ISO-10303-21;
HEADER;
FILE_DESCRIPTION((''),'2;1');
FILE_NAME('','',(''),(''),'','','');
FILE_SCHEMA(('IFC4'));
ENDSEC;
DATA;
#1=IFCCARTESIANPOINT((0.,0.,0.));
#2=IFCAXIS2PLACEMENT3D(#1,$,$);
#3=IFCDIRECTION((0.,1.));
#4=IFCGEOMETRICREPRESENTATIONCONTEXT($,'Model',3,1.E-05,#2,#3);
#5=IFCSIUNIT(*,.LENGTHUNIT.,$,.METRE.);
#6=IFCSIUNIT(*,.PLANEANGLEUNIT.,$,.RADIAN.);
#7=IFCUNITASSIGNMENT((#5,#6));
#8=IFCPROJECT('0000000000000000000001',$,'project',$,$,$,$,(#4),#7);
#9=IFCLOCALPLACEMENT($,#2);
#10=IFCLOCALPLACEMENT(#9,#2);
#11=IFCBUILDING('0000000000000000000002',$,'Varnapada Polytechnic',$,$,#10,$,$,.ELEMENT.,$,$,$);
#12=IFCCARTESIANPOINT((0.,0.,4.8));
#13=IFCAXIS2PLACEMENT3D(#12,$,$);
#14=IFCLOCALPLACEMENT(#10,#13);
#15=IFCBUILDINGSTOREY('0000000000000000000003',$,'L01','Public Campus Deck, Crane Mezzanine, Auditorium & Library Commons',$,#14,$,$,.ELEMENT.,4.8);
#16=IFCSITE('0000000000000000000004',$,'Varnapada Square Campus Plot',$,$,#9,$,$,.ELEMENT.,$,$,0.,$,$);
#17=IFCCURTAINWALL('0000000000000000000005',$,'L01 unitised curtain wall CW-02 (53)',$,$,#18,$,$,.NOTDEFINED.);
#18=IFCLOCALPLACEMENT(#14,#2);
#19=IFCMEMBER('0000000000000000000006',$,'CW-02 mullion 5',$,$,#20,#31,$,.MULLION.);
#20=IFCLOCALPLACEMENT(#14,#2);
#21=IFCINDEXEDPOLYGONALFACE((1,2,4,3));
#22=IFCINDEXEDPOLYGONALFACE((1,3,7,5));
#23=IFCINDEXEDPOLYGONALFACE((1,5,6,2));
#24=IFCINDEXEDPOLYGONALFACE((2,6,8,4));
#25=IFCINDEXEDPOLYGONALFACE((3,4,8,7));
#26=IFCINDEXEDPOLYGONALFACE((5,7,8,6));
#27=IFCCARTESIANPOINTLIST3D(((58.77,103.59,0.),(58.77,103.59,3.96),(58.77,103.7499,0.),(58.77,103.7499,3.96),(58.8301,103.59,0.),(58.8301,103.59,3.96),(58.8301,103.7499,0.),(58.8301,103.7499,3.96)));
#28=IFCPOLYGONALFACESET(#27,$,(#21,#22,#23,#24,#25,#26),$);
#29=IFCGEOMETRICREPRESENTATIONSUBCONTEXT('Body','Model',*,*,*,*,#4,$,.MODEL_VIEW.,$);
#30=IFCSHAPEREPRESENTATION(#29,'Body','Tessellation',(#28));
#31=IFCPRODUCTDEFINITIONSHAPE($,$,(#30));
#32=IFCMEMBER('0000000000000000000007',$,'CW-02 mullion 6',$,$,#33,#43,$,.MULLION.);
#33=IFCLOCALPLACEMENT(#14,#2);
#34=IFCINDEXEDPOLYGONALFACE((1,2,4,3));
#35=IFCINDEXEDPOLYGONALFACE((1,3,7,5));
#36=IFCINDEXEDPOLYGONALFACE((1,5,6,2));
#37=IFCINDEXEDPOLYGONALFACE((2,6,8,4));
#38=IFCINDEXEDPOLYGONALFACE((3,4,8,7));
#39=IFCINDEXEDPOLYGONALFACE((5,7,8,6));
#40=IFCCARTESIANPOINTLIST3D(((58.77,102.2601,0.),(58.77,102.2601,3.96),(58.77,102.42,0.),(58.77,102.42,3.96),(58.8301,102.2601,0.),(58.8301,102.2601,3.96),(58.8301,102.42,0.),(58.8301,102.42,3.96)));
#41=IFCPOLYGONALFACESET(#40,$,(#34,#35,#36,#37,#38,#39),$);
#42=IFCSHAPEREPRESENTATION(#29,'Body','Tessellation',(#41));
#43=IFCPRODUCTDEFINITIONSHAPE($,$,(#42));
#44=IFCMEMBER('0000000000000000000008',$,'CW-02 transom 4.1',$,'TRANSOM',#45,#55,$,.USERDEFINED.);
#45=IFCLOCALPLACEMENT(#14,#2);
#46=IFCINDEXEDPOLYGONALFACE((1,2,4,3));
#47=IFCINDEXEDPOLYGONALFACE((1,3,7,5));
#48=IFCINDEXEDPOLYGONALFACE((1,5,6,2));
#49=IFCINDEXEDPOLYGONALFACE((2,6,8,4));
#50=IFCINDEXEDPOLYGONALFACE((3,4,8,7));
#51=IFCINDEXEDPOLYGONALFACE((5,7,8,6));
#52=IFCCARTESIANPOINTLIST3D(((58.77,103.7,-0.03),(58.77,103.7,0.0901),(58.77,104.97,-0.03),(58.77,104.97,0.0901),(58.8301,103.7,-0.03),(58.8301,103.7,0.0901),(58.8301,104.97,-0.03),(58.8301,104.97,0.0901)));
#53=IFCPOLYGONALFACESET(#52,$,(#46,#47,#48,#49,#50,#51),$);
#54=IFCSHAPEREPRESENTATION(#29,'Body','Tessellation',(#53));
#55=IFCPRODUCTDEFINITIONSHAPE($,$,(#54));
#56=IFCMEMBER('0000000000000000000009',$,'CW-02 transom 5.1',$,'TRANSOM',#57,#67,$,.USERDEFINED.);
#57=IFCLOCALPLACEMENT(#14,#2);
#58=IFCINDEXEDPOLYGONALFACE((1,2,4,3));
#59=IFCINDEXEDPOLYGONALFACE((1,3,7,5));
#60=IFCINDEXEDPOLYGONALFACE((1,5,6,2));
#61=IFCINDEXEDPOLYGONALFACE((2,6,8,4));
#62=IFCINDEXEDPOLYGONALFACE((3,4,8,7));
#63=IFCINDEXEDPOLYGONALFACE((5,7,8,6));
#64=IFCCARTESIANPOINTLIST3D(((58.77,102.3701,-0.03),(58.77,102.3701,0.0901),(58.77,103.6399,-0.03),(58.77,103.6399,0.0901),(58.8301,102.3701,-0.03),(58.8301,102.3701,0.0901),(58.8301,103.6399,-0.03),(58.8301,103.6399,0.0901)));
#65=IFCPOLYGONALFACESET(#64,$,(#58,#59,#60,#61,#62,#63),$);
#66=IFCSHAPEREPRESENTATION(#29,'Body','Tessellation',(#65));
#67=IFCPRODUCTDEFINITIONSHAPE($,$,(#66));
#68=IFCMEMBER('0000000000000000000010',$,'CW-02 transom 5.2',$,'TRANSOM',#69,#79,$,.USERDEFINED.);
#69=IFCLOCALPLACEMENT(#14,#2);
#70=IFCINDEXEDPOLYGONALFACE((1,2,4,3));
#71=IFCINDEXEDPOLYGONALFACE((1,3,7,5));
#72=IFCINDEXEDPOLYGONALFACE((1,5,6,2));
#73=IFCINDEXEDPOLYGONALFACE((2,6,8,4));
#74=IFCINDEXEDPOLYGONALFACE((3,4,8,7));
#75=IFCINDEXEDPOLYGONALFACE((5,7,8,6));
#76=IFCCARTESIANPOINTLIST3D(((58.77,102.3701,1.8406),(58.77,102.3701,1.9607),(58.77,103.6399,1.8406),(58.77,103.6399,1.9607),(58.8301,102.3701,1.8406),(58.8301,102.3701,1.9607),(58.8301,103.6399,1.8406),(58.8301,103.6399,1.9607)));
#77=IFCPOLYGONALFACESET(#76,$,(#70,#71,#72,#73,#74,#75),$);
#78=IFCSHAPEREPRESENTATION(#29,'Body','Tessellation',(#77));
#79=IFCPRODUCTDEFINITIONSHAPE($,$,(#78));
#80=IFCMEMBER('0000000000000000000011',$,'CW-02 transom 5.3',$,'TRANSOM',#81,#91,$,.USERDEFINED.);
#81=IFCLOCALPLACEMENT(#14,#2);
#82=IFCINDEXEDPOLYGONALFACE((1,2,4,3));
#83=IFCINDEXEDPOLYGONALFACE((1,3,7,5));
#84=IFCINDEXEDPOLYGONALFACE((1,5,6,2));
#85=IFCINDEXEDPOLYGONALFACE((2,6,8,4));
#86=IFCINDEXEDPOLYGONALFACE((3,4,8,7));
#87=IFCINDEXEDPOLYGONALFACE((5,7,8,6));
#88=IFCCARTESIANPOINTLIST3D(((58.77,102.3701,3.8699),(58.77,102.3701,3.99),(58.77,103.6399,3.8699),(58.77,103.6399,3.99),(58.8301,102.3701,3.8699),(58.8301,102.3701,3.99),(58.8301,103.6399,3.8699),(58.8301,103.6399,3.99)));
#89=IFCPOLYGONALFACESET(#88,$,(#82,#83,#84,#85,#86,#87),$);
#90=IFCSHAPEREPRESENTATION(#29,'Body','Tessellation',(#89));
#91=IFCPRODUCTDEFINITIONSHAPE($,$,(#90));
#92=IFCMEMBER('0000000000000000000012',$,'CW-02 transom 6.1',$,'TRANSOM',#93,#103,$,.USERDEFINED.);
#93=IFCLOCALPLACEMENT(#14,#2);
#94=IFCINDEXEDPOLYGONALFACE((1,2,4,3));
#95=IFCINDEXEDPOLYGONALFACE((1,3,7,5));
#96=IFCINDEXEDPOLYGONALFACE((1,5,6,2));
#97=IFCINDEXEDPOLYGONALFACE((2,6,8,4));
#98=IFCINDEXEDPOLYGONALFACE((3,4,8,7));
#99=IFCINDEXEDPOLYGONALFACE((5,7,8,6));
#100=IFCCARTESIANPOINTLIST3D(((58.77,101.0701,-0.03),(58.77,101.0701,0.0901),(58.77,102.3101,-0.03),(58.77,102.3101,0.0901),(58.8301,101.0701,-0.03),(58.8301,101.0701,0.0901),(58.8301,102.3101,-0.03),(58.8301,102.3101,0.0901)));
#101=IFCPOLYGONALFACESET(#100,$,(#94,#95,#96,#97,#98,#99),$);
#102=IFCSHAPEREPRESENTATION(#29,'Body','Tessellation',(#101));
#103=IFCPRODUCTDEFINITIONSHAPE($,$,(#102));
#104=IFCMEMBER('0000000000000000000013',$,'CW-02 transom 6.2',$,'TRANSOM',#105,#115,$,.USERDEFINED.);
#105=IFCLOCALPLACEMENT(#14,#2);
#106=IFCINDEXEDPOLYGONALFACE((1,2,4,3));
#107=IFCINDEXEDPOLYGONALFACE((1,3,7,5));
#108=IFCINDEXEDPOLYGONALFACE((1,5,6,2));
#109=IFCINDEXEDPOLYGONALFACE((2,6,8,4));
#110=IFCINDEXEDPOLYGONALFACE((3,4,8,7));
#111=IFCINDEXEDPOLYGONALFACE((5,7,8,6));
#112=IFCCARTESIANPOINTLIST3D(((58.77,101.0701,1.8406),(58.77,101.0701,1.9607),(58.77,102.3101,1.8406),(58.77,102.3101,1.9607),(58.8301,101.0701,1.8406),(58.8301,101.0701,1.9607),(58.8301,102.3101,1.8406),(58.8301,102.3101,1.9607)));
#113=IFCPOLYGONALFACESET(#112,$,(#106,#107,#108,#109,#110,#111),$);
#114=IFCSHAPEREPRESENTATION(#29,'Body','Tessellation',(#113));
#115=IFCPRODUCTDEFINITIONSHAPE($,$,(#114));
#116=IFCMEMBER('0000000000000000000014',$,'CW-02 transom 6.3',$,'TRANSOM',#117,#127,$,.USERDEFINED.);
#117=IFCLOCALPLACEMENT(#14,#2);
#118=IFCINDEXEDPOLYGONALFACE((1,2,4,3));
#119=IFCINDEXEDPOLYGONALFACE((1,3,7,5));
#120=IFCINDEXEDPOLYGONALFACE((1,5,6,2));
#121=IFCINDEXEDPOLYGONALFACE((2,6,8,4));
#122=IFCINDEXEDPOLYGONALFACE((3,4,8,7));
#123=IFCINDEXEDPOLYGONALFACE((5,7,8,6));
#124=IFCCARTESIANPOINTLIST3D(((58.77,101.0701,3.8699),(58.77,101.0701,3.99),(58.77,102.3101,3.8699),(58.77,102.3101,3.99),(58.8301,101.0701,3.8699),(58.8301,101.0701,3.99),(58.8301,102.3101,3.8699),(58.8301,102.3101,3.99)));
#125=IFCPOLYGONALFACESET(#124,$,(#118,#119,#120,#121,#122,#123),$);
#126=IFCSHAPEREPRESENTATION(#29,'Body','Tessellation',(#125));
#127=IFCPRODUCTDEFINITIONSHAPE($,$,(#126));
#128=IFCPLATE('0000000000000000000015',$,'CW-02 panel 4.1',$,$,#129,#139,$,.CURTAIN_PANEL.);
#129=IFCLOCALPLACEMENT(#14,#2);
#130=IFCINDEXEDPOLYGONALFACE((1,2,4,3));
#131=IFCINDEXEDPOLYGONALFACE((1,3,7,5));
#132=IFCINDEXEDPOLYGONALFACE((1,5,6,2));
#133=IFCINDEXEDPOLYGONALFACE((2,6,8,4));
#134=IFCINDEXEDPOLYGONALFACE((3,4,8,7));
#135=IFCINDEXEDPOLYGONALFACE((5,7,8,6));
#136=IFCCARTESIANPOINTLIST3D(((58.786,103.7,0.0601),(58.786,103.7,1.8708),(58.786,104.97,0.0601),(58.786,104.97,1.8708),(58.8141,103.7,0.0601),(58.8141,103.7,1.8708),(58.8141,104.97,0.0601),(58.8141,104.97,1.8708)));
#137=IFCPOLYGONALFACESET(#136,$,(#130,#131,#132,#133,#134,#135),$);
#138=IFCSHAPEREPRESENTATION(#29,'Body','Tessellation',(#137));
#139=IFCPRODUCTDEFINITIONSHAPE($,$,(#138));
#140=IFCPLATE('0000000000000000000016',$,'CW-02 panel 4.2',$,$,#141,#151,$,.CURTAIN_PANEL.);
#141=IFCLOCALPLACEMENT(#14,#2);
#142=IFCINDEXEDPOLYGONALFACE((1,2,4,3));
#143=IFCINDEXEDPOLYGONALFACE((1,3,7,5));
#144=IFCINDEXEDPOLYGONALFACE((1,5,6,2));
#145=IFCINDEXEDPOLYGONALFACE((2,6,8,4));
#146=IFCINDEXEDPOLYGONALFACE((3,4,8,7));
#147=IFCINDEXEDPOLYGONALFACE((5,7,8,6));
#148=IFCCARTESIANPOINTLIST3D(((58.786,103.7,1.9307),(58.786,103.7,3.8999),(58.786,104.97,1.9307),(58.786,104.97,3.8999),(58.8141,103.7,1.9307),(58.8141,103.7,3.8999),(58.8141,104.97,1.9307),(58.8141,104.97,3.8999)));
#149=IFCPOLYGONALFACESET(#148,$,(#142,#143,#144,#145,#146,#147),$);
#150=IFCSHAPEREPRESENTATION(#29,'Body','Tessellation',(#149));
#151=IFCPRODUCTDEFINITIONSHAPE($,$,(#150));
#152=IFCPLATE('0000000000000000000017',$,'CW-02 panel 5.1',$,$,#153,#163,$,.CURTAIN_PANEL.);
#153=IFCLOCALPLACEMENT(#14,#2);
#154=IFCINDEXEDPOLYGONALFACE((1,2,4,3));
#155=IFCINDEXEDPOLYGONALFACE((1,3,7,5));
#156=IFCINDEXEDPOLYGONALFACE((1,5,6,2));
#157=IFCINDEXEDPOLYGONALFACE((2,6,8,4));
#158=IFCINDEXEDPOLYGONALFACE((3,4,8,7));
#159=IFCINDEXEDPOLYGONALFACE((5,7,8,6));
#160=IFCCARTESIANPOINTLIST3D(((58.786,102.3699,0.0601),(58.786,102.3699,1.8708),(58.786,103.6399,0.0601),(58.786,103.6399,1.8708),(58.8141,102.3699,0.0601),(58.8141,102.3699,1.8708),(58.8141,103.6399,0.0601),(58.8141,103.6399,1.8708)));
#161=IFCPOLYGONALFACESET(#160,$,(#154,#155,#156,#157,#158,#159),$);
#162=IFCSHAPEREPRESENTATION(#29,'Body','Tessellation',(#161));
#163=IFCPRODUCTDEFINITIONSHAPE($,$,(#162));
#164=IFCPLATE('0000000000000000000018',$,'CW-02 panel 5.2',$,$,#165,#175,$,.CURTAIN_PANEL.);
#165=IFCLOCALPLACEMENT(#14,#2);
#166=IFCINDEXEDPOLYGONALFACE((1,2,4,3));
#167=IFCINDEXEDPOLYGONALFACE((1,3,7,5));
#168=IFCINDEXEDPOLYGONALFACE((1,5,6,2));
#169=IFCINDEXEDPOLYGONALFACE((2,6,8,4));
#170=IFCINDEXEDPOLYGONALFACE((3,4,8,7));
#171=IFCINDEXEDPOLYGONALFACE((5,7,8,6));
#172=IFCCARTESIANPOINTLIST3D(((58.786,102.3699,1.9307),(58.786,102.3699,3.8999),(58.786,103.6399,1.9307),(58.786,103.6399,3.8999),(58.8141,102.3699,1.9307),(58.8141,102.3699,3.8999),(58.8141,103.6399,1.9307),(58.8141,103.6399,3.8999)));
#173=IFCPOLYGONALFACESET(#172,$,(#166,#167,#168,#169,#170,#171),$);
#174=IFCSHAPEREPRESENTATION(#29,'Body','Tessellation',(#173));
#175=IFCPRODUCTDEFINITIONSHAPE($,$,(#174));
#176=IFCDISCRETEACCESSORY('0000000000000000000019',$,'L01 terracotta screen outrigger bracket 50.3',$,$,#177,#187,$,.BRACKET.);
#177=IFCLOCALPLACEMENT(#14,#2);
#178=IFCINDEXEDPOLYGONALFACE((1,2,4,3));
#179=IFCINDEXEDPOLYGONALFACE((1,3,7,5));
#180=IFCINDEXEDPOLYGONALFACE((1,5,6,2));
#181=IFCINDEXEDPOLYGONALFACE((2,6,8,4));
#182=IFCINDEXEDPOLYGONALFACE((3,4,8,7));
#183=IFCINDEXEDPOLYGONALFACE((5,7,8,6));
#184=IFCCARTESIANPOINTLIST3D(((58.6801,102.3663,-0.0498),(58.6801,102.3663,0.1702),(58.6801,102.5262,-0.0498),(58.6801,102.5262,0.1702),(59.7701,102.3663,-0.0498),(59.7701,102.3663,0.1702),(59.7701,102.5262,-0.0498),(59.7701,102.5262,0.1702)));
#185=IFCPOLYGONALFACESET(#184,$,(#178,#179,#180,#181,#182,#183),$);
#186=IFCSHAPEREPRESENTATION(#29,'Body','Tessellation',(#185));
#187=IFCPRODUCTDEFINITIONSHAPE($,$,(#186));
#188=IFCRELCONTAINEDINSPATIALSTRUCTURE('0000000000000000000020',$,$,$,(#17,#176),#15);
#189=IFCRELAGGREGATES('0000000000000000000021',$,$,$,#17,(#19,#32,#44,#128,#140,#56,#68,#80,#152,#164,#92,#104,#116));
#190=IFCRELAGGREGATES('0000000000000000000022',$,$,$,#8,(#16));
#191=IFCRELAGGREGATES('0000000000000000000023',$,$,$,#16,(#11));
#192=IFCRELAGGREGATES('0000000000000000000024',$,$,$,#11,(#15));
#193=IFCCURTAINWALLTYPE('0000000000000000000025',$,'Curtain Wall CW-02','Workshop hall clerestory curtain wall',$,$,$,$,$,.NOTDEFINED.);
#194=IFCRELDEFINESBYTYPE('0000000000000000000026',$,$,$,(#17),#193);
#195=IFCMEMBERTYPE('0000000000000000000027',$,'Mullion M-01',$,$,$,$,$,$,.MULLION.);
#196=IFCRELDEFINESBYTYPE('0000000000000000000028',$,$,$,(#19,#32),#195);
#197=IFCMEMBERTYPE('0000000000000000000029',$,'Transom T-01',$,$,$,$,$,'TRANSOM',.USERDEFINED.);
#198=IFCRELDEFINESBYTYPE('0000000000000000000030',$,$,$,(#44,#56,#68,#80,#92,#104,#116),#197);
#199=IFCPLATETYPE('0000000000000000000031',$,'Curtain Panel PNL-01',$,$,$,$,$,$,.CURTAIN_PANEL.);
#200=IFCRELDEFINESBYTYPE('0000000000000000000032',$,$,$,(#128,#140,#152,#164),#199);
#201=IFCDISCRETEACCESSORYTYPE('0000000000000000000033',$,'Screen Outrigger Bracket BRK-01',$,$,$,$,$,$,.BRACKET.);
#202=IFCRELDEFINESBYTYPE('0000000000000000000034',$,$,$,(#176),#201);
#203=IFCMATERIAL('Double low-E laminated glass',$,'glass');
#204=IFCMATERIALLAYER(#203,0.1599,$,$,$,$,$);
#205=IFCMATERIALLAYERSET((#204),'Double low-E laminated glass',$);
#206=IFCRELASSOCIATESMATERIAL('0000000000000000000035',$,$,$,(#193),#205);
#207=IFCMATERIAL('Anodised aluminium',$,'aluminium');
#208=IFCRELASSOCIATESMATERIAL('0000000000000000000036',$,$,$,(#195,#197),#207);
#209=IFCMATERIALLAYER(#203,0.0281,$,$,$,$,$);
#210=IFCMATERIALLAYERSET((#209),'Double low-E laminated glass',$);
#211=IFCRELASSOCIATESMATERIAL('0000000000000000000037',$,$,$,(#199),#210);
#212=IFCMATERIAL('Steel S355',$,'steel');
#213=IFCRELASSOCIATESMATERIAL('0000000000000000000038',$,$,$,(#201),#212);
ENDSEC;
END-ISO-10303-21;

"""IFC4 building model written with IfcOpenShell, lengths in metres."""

from ifc_helpers import new_model, si_unit, direction, frame, origin, origin_2d, place, context, subcontext, project, spatial, rectangle, extrude, material, layer, layer_set, material_profile, profile_set, type_object, element, aggregate, save


model = new_model("IFC4")

# Units and contexts
model_context = context("Model", 3, precision=1e-05, world=origin(), true_north=direction((0.0, 1.0)))
body_context = subcontext(model_context, "Body", "Model", "MODEL_VIEW")
ifc_project = project(units=[si_unit("LENGTHUNIT", "METRE"), si_unit("PLANEANGLEUNIT", "RADIAN")], contexts=[model_context])

# Site, building, storey
site_placement = place(None, origin())
site = spatial("IfcSite", under=ifc_project, at=site_placement, Name="Varnapada Square Campus Plot", CompositionType="ELEMENT", RefElevation=0.0)
building_placement = place(site_placement, origin())
building = spatial("IfcBuilding", under=site, at=building_placement, Name="Varnapada Polytechnic", CompositionType="ELEMENT")
storey_placement = place(building_placement, frame((0.0, 0.0, 4.8)))
storey = spatial("IfcBuildingStorey", under=building, at=storey_placement, Name="L01", Description="Public Campus Deck, Crane Mezzanine, Auditorium & Library Commons", CompositionType="ELEMENT", Elevation=4.8)

# Curtain wall, members, plates
ifc_material_1 = material(Name="Double low-E laminated glass", Category="glass")
ifc_layer_1 = layer(ifc_material_1, 0.1599)
ifc_layer_set_1 = layer_set([ifc_layer_1], Name="Double low-E laminated glass")
curtain_wall_type = type_object("IfcCurtainWallType", Name="Curtain Wall CW-02", Description="Workshop hall clerestory curtain wall", PredefinedType="NOTDEFINED", material=ifc_layer_set_1)
curtain_wall_placement = place(storey_placement, origin())
curtain_wall = element("IfcCurtainWall", 1, at=curtain_wall_placement, inside=storey, type_object=curtain_wall_type, Name="L01 unitised curtain wall CW-02 (53)", PredefinedType="NOTDEFINED")
ifc_material_2 = material(Name="Anodised aluminium", Category="aluminium")
ifc_material_profile_1 = material_profile(ifc_material_2, rectangle(XDim=0.0601, YDim=0.1599, at=origin_2d()), Name="ALU M60x160")
ifc_profile_set_1 = profile_set([ifc_material_profile_1], Name="Anodised aluminium")
member_type_1 = type_object("IfcMemberType", Name="Mullion M-01", PredefinedType="MULLION", material=ifc_profile_set_1)
member_1_placement = place(storey_placement, frame((58.8, 103.6699, 0.0), z_axis=(0.0, 0.0, 1.0), x_axis=(1.0, 0.0, 0.0)))
member_1 = element("IfcMember", 2, at=member_1_placement, type_object=member_type_1, Name="CW-02 mullion 5", PredefinedType="MULLION", context=body_context, shape_type="SweptSolid", body=[
    extrude(rectangle(XDim=0.0601, YDim=0.1599, at=origin_2d()), origin(), (0.0, 0.0, 1.0), 3.96),
])
member_2_placement = place(storey_placement, frame((58.8, 102.3401, 0.0), z_axis=(0.0, 0.0, 1.0), x_axis=(1.0, 0.0, 0.0)))
member_2 = element("IfcMember", 3, at=member_2_placement, type_object=member_type_1, Name="CW-02 mullion 6", PredefinedType="MULLION", context=body_context, shape_type="SweptSolid", body=[
    extrude(rectangle(XDim=0.0601, YDim=0.1599, at=origin_2d()), origin(), (0.0, 0.0, 1.0), 3.96),
])
ifc_material_profile_2 = material_profile(ifc_material_2, rectangle(XDim=0.0601, YDim=0.1201, at=origin_2d()), Name="ALU T60x120")
ifc_profile_set_2 = profile_set([ifc_material_profile_2], Name="Anodised aluminium")
member_type_2 = type_object("IfcMemberType", Name="Transom T-01", ElementType="TRANSOM", PredefinedType="USERDEFINED", material=ifc_profile_set_2)
member_3_placement = place(storey_placement, frame((58.8, 104.97, 0.03), z_axis=(0.0, -1.0, 0.0), x_axis=(1.0, 0.0, 0.0)))
member_3 = element("IfcMember", 4, at=member_3_placement, type_object=member_type_2, Name="CW-02 transom 4.1", ObjectType="TRANSOM", PredefinedType="USERDEFINED", context=body_context, shape_type="SweptSolid", body=[
    extrude(rectangle(XDim=0.0601, YDim=0.1201, at=origin_2d()), origin(), (0.0, 0.0, 1.0), 1.27),
])
member_4_placement = place(storey_placement, frame((58.8, 103.6399, 0.03), z_axis=(0.0, -1.0, 0.0), x_axis=(1.0, 0.0, 0.0)))
member_4 = element("IfcMember", 5, at=member_4_placement, type_object=member_type_2, Name="CW-02 transom 5.1", ObjectType="TRANSOM", PredefinedType="USERDEFINED", context=body_context, shape_type="SweptSolid", body=[
    extrude(rectangle(XDim=0.0601, YDim=0.1201, at=origin_2d()), origin(), (0.0, 0.0, 1.0), 1.2698),
])
member_5_placement = place(storey_placement, frame((58.8, 103.6399, 1.9006), z_axis=(0.0, -1.0, 0.0), x_axis=(1.0, 0.0, 0.0)))
member_5 = element("IfcMember", 6, at=member_5_placement, type_object=member_type_2, Name="CW-02 transom 5.2", ObjectType="TRANSOM", PredefinedType="USERDEFINED", context=body_context, shape_type="SweptSolid", body=[
    extrude(rectangle(XDim=0.0601, YDim=0.1201, at=origin_2d()), origin(), (0.0, 0.0, 1.0), 1.2698),
])
member_6_placement = place(storey_placement, frame((58.8, 103.6399, 3.9299), z_axis=(0.0, -1.0, 0.0), x_axis=(1.0, 0.0, 0.0)))
member_6 = element("IfcMember", 7, at=member_6_placement, type_object=member_type_2, Name="CW-02 transom 5.3", ObjectType="TRANSOM", PredefinedType="USERDEFINED", context=body_context, shape_type="SweptSolid", body=[
    extrude(rectangle(XDim=0.0601, YDim=0.1201, at=origin_2d()), origin(), (0.0, 0.0, 1.0), 1.2698),
])
member_7_placement = place(storey_placement, frame((58.8, 102.3101, 0.03), z_axis=(0.0, -1.0, 0.0), x_axis=(1.0, 0.0, 0.0)))
member_7 = element("IfcMember", 8, at=member_7_placement, type_object=member_type_2, Name="CW-02 transom 6.1", ObjectType="TRANSOM", PredefinedType="USERDEFINED", context=body_context, shape_type="SweptSolid", body=[
    extrude(rectangle(XDim=0.0601, YDim=0.1201, at=origin_2d()), origin(), (0.0, 0.0, 1.0), 1.24),
])
member_8_placement = place(storey_placement, frame((58.8, 102.3101, 1.9006), z_axis=(0.0, -1.0, 0.0), x_axis=(1.0, 0.0, 0.0)))
member_8 = element("IfcMember", 9, at=member_8_placement, type_object=member_type_2, Name="CW-02 transom 6.2", ObjectType="TRANSOM", PredefinedType="USERDEFINED", context=body_context, shape_type="SweptSolid", body=[
    extrude(rectangle(XDim=0.0601, YDim=0.1201, at=origin_2d()), origin(), (0.0, 0.0, 1.0), 1.24),
])
member_9_placement = place(storey_placement, frame((58.8, 102.3101, 3.9299), z_axis=(0.0, -1.0, 0.0), x_axis=(1.0, 0.0, 0.0)))
member_9 = element("IfcMember", 10, at=member_9_placement, type_object=member_type_2, Name="CW-02 transom 6.3", ObjectType="TRANSOM", PredefinedType="USERDEFINED", context=body_context, shape_type="SweptSolid", body=[
    extrude(rectangle(XDim=0.0601, YDim=0.1201, at=origin_2d()), origin(), (0.0, 0.0, 1.0), 1.24),
])
ifc_layer_2 = layer(ifc_material_1, 0.0281)
ifc_layer_set_2 = layer_set([ifc_layer_2], Name="Double low-E laminated glass")
plate_type = type_object("IfcPlateType", Name="Curtain Panel PNL-01", PredefinedType="CURTAIN_PANEL", material=ifc_layer_set_2)
plate_1_placement = place(storey_placement, frame((58.8, 104.335, 0.0601), z_axis=(0.0, 0.0, 1.0), x_axis=(0.0, -1.0, 0.0)))
plate_1 = element("IfcPlate", 11, at=plate_1_placement, type_object=plate_type, Name="CW-02 panel 4.1", PredefinedType="CURTAIN_PANEL", context=body_context, shape_type="SweptSolid", body=[
    extrude(rectangle(XDim=1.27, YDim=0.0281, at=origin_2d()), origin(), (0.0, 0.0, 1.0), 1.8108),
])
plate_2_placement = place(storey_placement, frame((58.8, 104.335, 1.9307), z_axis=(0.0, 0.0, 1.0), x_axis=(0.0, -1.0, 0.0)))
plate_2 = element("IfcPlate", 12, at=plate_2_placement, type_object=plate_type, Name="CW-02 panel 4.2", PredefinedType="CURTAIN_PANEL", context=body_context, shape_type="SweptSolid", body=[
    extrude(rectangle(XDim=1.27, YDim=0.0281, at=origin_2d()), origin(), (0.0, 0.0, 1.0), 1.9692),
])
plate_3_placement = place(storey_placement, frame((58.8, 103.0049, 0.0601), z_axis=(0.0, 0.0, 1.0), x_axis=(0.0, -1.0, 0.0)))
plate_3 = element("IfcPlate", 13, at=plate_3_placement, type_object=plate_type, Name="CW-02 panel 5.1", PredefinedType="CURTAIN_PANEL", context=body_context, shape_type="SweptSolid", body=[
    extrude(rectangle(XDim=1.27, YDim=0.0281, at=origin_2d()), origin(), (0.0, 0.0, 1.0), 1.8108),
])
plate_4_placement = place(storey_placement, frame((58.8, 103.0049, 1.9307), z_axis=(0.0, 0.0, 1.0), x_axis=(0.0, -1.0, 0.0)))
plate_4 = element("IfcPlate", 14, at=plate_4_placement, type_object=plate_type, Name="CW-02 panel 5.2", PredefinedType="CURTAIN_PANEL", context=body_context, shape_type="SweptSolid", body=[
    extrude(rectangle(XDim=1.27, YDim=0.0281, at=origin_2d()), origin(), (0.0, 0.0, 1.0), 1.9692),
])
aggregate(curtain_wall, [member_1, member_2, member_3, plate_1, plate_2, member_4, member_5, member_6, plate_3, plate_4, member_7, member_8, member_9])

# Discrete accessory
ifc_material_3 = material(Name="Steel S355", Category="steel")
discrete_accessory_type = type_object("IfcDiscreteAccessoryType", Name="Screen Outrigger Bracket BRK-01", PredefinedType="BRACKET", material=ifc_material_3)
discrete_accessory_placement = place(storey_placement, frame((59.2251, 102.4463, -0.0498), z_axis=(0.0, 0.0, 1.0), x_axis=(0.0, -1.0, 0.0)))
element("IfcDiscreteAccessory", 15, at=discrete_accessory_placement, inside=storey, type_object=discrete_accessory_type, Name="L01 terracotta screen outrigger bracket 50.3", PredefinedType="BRACKET", context=body_context, shape_type="SweptSolid", body=[
    extrude(rectangle(XDim=0.1599, YDim=1.0901, at=origin_2d()), origin(), (0.0, 0.0, 1.0), 0.22),
])

save(model, "model.ifc")
